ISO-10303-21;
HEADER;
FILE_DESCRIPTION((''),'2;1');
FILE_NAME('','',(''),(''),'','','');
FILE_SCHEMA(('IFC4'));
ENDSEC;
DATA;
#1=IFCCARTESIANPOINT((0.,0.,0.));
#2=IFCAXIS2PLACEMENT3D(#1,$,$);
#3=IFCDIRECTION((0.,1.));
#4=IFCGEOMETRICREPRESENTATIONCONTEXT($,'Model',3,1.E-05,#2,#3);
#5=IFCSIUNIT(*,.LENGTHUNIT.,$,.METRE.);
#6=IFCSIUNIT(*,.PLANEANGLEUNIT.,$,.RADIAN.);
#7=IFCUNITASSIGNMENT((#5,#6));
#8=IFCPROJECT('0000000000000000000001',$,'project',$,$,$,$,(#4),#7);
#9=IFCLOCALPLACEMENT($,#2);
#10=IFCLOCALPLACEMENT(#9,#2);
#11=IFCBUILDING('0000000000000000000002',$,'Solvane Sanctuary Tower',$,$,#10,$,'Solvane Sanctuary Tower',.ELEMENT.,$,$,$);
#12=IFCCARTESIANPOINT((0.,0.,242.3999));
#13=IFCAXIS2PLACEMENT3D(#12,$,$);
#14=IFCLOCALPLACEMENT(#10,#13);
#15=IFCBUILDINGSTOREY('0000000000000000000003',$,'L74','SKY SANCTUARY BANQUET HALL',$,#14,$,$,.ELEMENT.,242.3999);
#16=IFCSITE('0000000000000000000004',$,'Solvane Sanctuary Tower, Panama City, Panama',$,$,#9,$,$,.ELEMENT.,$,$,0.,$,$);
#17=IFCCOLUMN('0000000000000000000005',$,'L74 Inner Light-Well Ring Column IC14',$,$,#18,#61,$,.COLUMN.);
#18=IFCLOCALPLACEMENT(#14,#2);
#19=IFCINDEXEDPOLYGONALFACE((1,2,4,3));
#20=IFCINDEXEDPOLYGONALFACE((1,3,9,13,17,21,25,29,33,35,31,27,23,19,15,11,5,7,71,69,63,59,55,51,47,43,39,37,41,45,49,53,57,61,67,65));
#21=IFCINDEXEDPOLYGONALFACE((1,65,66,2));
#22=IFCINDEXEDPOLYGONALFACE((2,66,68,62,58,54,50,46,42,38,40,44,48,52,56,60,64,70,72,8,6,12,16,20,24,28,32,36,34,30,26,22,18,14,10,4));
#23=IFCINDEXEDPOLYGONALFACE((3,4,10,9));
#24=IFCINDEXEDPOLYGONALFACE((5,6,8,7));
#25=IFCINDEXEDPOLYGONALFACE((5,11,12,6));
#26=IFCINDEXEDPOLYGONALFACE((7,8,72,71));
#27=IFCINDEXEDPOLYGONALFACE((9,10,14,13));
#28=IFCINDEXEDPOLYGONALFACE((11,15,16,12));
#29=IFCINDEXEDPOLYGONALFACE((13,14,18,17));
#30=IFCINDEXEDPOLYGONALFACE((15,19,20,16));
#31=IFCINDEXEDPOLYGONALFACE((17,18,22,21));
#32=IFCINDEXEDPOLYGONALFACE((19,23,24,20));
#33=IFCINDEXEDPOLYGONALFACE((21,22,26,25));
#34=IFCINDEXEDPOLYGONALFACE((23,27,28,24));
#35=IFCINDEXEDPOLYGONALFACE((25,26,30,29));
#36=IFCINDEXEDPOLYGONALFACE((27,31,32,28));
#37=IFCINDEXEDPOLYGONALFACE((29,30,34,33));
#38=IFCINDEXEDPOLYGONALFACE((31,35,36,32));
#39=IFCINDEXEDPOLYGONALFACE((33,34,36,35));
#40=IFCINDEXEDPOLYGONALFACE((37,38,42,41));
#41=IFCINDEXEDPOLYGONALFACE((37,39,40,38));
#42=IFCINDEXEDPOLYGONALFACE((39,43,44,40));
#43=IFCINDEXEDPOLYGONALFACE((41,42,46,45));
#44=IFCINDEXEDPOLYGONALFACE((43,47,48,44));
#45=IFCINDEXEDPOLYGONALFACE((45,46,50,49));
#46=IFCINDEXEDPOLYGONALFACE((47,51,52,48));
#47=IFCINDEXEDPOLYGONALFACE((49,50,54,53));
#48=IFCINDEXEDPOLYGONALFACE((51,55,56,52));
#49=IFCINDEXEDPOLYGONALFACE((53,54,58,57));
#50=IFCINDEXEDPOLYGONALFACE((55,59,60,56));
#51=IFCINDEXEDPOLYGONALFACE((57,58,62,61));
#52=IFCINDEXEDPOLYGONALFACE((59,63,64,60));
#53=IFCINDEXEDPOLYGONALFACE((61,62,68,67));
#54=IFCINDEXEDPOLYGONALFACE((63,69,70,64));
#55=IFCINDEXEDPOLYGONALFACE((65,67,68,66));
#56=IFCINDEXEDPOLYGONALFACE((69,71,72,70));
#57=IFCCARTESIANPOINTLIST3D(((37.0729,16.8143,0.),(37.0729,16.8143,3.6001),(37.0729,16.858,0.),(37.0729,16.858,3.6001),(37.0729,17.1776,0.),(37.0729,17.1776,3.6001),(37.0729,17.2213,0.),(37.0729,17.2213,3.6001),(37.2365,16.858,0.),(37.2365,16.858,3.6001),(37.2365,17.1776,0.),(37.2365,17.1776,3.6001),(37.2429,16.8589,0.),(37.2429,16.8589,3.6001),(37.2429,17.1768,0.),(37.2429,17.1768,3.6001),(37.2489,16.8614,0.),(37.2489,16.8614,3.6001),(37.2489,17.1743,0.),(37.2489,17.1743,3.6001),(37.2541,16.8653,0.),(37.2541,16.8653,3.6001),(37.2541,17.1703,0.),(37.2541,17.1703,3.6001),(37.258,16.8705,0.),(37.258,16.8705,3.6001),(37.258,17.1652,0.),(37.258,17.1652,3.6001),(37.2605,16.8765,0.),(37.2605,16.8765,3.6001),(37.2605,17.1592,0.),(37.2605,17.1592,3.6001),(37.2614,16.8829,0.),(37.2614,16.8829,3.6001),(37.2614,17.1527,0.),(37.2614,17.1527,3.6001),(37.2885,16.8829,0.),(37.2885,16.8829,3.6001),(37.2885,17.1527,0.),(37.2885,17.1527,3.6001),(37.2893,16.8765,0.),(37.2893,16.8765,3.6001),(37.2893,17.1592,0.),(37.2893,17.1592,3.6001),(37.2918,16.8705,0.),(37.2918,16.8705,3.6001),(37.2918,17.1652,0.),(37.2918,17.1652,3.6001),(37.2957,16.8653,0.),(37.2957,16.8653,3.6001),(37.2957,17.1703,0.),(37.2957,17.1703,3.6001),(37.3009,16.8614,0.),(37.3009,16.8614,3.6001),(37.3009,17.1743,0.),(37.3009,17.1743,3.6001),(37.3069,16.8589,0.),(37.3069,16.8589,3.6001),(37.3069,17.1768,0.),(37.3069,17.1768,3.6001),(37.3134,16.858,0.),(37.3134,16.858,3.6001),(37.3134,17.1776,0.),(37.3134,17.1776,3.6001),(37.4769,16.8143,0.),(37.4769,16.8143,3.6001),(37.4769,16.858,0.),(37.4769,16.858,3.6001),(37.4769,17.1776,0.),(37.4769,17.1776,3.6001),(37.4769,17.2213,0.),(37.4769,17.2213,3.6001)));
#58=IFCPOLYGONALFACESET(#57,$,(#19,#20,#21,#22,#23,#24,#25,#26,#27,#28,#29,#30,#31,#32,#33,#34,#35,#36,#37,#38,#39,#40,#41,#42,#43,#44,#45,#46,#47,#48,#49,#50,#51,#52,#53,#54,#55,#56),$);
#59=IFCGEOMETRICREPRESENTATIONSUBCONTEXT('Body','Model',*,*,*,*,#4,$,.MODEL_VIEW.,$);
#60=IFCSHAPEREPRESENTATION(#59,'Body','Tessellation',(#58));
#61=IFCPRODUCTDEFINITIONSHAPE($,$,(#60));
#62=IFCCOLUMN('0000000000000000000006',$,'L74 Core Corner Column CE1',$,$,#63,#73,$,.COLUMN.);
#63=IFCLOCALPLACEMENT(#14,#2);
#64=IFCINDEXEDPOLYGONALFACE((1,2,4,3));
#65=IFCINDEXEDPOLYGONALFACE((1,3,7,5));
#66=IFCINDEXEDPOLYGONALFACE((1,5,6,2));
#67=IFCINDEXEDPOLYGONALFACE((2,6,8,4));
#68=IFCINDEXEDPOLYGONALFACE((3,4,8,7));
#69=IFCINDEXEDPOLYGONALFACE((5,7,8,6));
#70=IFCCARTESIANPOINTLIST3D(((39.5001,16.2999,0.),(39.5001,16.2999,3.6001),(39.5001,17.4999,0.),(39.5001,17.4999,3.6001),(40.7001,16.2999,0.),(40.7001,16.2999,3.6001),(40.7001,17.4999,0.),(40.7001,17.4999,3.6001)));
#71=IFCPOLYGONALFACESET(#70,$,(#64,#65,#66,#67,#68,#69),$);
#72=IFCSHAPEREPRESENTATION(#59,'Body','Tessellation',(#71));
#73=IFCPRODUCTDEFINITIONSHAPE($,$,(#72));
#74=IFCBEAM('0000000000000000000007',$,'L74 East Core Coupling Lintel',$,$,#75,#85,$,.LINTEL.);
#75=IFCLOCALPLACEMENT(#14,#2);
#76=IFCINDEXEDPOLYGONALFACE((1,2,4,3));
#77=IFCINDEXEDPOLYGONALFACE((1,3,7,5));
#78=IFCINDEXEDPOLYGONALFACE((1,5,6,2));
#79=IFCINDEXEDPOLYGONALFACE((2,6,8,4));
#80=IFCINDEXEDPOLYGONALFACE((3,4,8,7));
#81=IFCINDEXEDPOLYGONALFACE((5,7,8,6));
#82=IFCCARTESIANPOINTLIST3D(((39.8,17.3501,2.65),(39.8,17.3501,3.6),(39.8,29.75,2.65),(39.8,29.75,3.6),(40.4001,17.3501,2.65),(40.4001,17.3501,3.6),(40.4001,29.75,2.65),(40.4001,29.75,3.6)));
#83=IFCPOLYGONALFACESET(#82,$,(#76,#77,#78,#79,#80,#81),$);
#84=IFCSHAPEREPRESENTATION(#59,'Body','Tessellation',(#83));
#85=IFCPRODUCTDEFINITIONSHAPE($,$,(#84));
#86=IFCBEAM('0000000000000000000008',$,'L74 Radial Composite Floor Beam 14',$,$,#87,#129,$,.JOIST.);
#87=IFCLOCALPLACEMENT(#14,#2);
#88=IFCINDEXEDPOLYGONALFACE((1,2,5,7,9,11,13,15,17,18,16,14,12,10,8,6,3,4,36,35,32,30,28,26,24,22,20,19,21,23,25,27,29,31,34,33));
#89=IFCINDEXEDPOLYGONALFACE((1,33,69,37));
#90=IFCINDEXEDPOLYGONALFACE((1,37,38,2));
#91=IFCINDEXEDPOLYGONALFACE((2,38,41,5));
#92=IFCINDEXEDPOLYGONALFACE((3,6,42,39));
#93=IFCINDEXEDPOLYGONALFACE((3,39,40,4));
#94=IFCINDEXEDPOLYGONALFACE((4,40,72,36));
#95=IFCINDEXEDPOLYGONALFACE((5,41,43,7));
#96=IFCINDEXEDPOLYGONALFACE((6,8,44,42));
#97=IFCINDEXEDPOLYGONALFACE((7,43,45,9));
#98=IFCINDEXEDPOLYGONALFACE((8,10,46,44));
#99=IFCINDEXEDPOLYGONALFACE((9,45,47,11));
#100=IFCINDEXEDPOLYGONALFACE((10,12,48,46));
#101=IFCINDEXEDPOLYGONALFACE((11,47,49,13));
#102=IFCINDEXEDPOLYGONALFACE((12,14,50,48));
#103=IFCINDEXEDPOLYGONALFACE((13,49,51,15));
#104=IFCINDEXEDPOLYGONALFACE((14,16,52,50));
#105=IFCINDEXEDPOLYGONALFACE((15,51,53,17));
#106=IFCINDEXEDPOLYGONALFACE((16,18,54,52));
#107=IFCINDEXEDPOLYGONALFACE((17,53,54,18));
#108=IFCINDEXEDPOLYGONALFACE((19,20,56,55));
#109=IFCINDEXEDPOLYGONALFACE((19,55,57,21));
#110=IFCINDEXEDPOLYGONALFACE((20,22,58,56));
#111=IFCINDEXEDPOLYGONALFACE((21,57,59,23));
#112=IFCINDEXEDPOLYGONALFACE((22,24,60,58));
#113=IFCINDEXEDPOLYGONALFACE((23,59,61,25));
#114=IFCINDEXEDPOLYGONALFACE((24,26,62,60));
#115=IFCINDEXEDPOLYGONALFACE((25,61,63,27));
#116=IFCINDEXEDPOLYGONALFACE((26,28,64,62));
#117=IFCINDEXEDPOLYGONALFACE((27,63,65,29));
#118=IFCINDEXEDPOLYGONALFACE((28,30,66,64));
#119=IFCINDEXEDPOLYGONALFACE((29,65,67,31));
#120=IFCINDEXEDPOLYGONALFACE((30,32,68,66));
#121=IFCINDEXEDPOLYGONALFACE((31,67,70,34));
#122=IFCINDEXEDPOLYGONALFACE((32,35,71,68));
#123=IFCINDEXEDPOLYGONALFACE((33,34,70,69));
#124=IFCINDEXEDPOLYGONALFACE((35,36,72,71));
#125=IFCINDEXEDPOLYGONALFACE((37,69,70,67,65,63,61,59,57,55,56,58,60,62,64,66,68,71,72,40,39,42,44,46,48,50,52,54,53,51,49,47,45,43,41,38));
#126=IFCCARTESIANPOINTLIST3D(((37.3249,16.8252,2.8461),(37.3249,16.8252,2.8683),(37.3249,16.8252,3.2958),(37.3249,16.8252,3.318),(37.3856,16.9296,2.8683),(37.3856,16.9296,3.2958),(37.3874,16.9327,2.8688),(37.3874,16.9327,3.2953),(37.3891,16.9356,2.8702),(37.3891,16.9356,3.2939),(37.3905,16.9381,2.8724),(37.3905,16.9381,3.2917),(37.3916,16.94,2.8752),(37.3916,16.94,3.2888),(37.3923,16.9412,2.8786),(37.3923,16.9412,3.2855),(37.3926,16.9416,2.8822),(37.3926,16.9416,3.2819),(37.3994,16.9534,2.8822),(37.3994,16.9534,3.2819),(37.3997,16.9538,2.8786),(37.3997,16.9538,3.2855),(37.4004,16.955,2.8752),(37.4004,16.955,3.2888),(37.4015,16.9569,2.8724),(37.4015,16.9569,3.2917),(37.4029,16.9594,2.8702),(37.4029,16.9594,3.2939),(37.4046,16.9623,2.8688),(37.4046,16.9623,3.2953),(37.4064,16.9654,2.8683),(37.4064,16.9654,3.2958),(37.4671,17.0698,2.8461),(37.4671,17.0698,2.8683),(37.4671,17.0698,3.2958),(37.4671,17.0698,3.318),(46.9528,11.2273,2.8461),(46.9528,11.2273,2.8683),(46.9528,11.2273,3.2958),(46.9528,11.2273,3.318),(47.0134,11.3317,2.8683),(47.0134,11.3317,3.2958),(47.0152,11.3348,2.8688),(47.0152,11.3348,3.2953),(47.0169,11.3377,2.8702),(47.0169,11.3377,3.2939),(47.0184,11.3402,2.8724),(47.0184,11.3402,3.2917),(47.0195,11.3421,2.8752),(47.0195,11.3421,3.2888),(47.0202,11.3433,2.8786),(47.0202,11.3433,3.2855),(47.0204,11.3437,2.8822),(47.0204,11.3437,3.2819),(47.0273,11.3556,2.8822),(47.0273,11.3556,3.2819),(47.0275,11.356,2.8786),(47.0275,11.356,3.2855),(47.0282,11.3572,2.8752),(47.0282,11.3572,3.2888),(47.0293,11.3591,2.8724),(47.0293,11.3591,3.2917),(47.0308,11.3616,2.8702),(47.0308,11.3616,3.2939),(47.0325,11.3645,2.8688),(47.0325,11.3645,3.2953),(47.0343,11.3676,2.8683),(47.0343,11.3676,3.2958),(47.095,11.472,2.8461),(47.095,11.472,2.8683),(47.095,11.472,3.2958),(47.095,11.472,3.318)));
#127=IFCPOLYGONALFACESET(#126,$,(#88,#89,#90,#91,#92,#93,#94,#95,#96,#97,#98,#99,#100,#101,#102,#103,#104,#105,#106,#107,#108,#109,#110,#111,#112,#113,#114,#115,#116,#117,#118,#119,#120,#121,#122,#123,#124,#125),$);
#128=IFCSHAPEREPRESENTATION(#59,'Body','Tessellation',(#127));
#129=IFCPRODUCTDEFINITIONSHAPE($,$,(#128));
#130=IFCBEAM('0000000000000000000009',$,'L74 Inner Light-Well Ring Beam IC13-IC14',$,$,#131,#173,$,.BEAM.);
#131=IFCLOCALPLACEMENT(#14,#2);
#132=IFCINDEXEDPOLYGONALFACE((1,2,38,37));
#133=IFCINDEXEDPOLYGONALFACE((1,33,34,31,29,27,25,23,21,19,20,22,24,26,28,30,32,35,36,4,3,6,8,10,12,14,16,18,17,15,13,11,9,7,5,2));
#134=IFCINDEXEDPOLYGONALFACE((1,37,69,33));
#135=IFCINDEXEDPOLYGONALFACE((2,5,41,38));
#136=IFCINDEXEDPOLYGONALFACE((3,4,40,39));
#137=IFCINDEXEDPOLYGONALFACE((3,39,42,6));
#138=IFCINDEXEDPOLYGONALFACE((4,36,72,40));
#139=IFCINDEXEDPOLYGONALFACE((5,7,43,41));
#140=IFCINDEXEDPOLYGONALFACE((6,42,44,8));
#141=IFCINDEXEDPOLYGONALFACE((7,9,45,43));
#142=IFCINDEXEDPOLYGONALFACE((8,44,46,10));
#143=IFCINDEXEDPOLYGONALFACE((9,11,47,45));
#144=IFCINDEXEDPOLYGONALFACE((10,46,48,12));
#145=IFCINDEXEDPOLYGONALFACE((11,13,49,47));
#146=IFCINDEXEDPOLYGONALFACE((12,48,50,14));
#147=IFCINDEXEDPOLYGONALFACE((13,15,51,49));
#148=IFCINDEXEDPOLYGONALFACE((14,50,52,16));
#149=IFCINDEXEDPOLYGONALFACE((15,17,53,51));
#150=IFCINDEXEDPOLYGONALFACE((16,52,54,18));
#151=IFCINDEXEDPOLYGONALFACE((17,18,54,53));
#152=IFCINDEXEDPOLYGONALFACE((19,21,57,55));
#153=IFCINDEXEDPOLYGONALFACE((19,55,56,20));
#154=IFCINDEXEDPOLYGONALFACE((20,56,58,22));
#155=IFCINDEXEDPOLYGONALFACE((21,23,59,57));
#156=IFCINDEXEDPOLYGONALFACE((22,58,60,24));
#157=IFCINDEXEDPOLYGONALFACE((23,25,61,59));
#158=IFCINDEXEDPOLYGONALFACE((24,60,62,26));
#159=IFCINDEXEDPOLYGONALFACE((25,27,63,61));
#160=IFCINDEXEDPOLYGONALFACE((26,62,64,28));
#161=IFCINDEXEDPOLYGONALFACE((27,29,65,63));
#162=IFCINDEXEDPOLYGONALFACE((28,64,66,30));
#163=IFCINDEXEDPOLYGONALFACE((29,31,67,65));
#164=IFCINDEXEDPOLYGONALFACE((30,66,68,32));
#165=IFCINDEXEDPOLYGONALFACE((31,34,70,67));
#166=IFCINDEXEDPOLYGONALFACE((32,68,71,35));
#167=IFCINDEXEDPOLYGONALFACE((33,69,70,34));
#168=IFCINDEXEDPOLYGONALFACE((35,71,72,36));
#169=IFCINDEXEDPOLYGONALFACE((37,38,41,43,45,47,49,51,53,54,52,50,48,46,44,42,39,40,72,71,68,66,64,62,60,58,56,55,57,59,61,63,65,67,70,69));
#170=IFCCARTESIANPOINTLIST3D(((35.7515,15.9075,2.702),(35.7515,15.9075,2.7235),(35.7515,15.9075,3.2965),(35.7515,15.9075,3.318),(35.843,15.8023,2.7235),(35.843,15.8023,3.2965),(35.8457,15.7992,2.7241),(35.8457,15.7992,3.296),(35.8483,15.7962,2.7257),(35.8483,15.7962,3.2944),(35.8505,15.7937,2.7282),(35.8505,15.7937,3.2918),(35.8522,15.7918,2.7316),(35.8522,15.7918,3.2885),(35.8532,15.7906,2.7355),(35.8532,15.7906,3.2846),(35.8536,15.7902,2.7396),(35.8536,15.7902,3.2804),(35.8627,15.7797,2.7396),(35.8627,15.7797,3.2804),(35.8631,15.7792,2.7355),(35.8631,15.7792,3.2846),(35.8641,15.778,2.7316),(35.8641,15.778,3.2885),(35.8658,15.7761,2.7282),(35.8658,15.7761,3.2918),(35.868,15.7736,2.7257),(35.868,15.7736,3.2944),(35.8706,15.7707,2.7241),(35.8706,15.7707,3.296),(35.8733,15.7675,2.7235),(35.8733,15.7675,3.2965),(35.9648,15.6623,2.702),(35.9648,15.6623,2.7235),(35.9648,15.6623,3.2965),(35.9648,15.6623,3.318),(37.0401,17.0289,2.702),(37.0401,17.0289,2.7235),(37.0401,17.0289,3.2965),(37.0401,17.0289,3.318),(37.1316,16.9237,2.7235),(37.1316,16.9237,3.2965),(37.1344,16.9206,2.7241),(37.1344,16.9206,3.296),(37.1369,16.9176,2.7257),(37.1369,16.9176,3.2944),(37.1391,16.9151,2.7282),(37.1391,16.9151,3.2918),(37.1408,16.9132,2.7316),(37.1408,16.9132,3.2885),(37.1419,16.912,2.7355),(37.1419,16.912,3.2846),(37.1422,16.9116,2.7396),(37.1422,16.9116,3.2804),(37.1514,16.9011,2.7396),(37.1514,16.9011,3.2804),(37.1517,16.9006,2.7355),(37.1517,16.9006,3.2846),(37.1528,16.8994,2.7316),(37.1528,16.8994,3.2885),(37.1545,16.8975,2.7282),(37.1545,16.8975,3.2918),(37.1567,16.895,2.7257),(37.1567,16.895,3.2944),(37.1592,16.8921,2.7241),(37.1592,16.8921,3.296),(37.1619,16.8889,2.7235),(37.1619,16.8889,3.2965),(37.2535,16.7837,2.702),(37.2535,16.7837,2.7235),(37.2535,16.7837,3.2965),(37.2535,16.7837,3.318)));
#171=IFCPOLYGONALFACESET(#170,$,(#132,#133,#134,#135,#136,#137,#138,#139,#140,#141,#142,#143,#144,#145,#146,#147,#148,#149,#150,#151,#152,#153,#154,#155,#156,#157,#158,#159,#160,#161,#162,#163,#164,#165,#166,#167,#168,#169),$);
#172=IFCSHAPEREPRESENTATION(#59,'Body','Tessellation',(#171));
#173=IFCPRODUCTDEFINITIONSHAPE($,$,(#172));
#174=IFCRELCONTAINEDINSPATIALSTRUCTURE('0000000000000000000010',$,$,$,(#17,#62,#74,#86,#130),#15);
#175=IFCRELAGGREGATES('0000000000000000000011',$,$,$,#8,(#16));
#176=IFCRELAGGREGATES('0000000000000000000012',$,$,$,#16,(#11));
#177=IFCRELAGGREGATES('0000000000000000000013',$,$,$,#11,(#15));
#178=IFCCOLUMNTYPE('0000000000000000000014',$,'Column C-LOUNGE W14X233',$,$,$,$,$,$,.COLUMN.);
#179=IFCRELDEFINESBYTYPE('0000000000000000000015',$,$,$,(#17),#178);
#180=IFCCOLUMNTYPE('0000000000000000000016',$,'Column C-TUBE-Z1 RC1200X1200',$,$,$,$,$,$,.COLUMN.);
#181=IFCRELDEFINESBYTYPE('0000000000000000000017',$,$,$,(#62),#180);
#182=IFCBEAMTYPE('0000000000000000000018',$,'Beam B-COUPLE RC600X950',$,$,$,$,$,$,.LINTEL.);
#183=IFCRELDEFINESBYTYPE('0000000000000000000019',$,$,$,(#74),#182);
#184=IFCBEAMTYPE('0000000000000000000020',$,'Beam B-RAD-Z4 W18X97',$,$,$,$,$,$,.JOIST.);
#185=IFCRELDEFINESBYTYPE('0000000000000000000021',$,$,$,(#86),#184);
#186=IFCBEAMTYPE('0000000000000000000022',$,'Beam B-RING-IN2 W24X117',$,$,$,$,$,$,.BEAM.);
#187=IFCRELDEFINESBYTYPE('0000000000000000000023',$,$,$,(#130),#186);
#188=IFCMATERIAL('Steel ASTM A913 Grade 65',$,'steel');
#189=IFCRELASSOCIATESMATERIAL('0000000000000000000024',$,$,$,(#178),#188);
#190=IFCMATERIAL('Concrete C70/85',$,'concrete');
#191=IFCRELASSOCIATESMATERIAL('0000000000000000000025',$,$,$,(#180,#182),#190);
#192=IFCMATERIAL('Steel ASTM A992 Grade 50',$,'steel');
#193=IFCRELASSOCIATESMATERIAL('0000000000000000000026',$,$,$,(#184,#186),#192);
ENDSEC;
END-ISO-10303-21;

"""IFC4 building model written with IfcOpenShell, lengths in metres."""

from ifc_helpers import new_model, si_unit, direction, frame, origin, origin_2d, place, context, subcontext, project, spatial, rectangle, i_section, extrude, material, material_profile, profile_set, type_object, element, save


model = new_model("IFC4")

# Units and contexts
model_context = context("Model", 3, precision=1e-05, world=origin(), true_north=direction((0.0, 1.0)))
body_context = subcontext(model_context, "Body", "Model", "MODEL_VIEW")
ifc_project = project(units=[si_unit("LENGTHUNIT", "METRE"), si_unit("PLANEANGLEUNIT", "RADIAN")], contexts=[model_context])

# Site, building, storey
site_placement = place(None, origin())
site = spatial("IfcSite", under=ifc_project, at=site_placement, Name="Solvane Sanctuary Tower, Panama City, Panama", CompositionType="ELEMENT", RefElevation=0.0)
building_placement = place(site_placement, origin())
building = spatial("IfcBuilding", under=site, at=building_placement, Name="Solvane Sanctuary Tower", LongName="Solvane Sanctuary Tower", CompositionType="ELEMENT")
storey_placement = place(building_placement, frame((0.0, 0.0, 242.3999)))
storey = spatial("IfcBuildingStorey", under=building, at=storey_placement, Name="L74", Description="SKY SANCTUARY BANQUET HALL", CompositionType="ELEMENT", Elevation=242.3999)

# Columns
ifc_material_1 = material(Name="Steel ASTM A913 Grade 65", Category="steel")
ifc_material_profile_1 = material_profile(ifc_material_1, i_section(OverallWidth=0.4041, OverallDepth=0.407, WebThickness=0.0271, FlangeThickness=0.0437, FilletRadius=0.0249, at=origin_2d()), Name="W14X233")
ifc_profile_set_1 = profile_set([ifc_material_profile_1], Name="Steel ASTM A913 Grade 65")
column_type_1 = type_object("IfcColumnType", Name="Column C-LOUNGE W14X233", PredefinedType="COLUMN", material=ifc_profile_set_1)
column_1_placement = place(storey_placement, frame((37.2749, 17.0178, 0.0), z_axis=(0.0, 0.0, 1.0), x_axis=(1.0, 0.0, 0.0)))
element("IfcColumn", 1, at=column_1_placement, inside=storey, type_object=column_type_1, Name="L74 Inner Light-Well Ring Column IC14", PredefinedType="COLUMN", context=body_context, shape_type="SweptSolid", body=[
    extrude(i_section(OverallWidth=0.4041, OverallDepth=0.407, WebThickness=0.0271, FlangeThickness=0.0437, FilletRadius=0.0249, at=origin_2d()), origin(), (0.0, 0.0, 1.0), 3.6001),
])
ifc_material_2 = material(Name="Concrete C70/85", Category="concrete")
ifc_material_profile_2 = material_profile(ifc_material_2, rectangle(XDim=1.2, YDim=1.2, at=origin_2d()), Name="RC1200X1200")
ifc_profile_set_2 = profile_set([ifc_material_profile_2], Name="Concrete C70/85")
column_type_2 = type_object("IfcColumnType", Name="Column C-TUBE-Z1 RC1200X1200", PredefinedType="COLUMN", material=ifc_profile_set_2)
column_2_placement = place(storey_placement, frame((40.1001, 16.8999, 0.0), z_axis=(0.0, 0.0, 1.0), x_axis=(1.0, 0.0, 0.0)))
element("IfcColumn", 2, at=column_2_placement, inside=storey, type_object=column_type_2, Name="L74 Core Corner Column CE1", PredefinedType="COLUMN", context=body_context, shape_type="SweptSolid", body=[
    extrude(rectangle(XDim=1.2, YDim=1.2, at=origin_2d()), origin(), (0.0, 0.0, 1.0), 3.6001),
])

# Beams
ifc_material_profile_3 = material_profile(ifc_material_2, rectangle(XDim=0.6001, YDim=0.95, at=origin_2d()), Name="RC600X950")
ifc_profile_set_3 = profile_set([ifc_material_profile_3], Name="Concrete C70/85")
beam_type_1 = type_object("IfcBeamType", Name="Beam B-COUPLE RC600X950", PredefinedType="LINTEL", material=ifc_profile_set_3)
beam_1_placement = place(storey_placement, frame((40.1001, 17.3501, 3.125), z_axis=(0.0, 1.0, 0.0), x_axis=(-1.0, 0.0, 0.0)))
element("IfcBeam", 3, at=beam_1_placement, inside=storey, type_object=beam_type_1, Name="L74 East Core Coupling Lintel", PredefinedType="LINTEL", context=body_context, shape_type="SweptSolid", body=[
    extrude(rectangle(XDim=0.6001, YDim=0.95, at=origin_2d()), origin(), (0.0, 0.0, 1.0), 12.3999),
])
ifc_material_3 = material(Name="Steel ASTM A992 Grade 50", Category="steel")
ifc_material_profile_4 = material_profile(ifc_material_3, i_section(OverallWidth=0.283, OverallDepth=0.4719, WebThickness=0.0137, FlangeThickness=0.0222, FilletRadius=0.0139, at=origin_2d()), Name="W18X97")
ifc_profile_set_4 = profile_set([ifc_material_profile_4], Name="Steel ASTM A992 Grade 50")
beam_type_2 = type_object("IfcBeamType", Name="Beam B-RAD-Z4 W18X97", PredefinedType="JOIST", material=ifc_profile_set_4)
beam_2_placement = place(storey_placement, frame((37.396, 16.9475, 3.082), z_axis=(0.864497, -0.502638, 0.0), x_axis=(0.502638, 0.864497, 0.0)))
element("IfcBeam", 4, at=beam_2_placement, inside=storey, type_object=beam_type_2, Name="L74 Radial Composite Floor Beam 14", PredefinedType="JOIST", context=body_context, shape_type="SweptSolid", body=[
    extrude(i_section(OverallWidth=0.283, OverallDepth=0.4719, WebThickness=0.0137, FlangeThickness=0.0222, FilletRadius=0.0139, at=origin_2d()), origin(), (0.0, 0.0, 1.0), 11.137),
])
ifc_material_profile_5 = material_profile(ifc_material_3, i_section(OverallWidth=0.325, OverallDepth=0.616, WebThickness=0.0139, FlangeThickness=0.0215, FilletRadius=0.0161, at=origin_2d()), Name="W24X117")
ifc_profile_set_5 = profile_set([ifc_material_profile_5], Name="Steel ASTM A992 Grade 50")
beam_type_3 = type_object("IfcBeamType", Name="Beam B-RING-IN2 W24X117", PredefinedType="BEAM", material=ifc_profile_set_5)
beam_3_placement = place(storey_placement, frame((35.8582, 15.7849, 3.01), z_axis=(0.754362, 0.656458, 0.0), x_axis=(-0.656458, 0.754362, 0.0)))
element("IfcBeam", 5, at=beam_3_placement, inside=storey, type_object=beam_type_3, Name="L74 Inner Light-Well Ring Beam IC13-IC14", PredefinedType="BEAM", context=body_context, shape_type="SweptSolid", body=[
    extrude(i_section(OverallWidth=0.325, OverallDepth=0.616, WebThickness=0.0139, FlangeThickness=0.0215, FilletRadius=0.0161, at=origin_2d()), origin(), (0.0, 0.0, 1.0), 1.7083),
])

save(model, "model.ifc")
